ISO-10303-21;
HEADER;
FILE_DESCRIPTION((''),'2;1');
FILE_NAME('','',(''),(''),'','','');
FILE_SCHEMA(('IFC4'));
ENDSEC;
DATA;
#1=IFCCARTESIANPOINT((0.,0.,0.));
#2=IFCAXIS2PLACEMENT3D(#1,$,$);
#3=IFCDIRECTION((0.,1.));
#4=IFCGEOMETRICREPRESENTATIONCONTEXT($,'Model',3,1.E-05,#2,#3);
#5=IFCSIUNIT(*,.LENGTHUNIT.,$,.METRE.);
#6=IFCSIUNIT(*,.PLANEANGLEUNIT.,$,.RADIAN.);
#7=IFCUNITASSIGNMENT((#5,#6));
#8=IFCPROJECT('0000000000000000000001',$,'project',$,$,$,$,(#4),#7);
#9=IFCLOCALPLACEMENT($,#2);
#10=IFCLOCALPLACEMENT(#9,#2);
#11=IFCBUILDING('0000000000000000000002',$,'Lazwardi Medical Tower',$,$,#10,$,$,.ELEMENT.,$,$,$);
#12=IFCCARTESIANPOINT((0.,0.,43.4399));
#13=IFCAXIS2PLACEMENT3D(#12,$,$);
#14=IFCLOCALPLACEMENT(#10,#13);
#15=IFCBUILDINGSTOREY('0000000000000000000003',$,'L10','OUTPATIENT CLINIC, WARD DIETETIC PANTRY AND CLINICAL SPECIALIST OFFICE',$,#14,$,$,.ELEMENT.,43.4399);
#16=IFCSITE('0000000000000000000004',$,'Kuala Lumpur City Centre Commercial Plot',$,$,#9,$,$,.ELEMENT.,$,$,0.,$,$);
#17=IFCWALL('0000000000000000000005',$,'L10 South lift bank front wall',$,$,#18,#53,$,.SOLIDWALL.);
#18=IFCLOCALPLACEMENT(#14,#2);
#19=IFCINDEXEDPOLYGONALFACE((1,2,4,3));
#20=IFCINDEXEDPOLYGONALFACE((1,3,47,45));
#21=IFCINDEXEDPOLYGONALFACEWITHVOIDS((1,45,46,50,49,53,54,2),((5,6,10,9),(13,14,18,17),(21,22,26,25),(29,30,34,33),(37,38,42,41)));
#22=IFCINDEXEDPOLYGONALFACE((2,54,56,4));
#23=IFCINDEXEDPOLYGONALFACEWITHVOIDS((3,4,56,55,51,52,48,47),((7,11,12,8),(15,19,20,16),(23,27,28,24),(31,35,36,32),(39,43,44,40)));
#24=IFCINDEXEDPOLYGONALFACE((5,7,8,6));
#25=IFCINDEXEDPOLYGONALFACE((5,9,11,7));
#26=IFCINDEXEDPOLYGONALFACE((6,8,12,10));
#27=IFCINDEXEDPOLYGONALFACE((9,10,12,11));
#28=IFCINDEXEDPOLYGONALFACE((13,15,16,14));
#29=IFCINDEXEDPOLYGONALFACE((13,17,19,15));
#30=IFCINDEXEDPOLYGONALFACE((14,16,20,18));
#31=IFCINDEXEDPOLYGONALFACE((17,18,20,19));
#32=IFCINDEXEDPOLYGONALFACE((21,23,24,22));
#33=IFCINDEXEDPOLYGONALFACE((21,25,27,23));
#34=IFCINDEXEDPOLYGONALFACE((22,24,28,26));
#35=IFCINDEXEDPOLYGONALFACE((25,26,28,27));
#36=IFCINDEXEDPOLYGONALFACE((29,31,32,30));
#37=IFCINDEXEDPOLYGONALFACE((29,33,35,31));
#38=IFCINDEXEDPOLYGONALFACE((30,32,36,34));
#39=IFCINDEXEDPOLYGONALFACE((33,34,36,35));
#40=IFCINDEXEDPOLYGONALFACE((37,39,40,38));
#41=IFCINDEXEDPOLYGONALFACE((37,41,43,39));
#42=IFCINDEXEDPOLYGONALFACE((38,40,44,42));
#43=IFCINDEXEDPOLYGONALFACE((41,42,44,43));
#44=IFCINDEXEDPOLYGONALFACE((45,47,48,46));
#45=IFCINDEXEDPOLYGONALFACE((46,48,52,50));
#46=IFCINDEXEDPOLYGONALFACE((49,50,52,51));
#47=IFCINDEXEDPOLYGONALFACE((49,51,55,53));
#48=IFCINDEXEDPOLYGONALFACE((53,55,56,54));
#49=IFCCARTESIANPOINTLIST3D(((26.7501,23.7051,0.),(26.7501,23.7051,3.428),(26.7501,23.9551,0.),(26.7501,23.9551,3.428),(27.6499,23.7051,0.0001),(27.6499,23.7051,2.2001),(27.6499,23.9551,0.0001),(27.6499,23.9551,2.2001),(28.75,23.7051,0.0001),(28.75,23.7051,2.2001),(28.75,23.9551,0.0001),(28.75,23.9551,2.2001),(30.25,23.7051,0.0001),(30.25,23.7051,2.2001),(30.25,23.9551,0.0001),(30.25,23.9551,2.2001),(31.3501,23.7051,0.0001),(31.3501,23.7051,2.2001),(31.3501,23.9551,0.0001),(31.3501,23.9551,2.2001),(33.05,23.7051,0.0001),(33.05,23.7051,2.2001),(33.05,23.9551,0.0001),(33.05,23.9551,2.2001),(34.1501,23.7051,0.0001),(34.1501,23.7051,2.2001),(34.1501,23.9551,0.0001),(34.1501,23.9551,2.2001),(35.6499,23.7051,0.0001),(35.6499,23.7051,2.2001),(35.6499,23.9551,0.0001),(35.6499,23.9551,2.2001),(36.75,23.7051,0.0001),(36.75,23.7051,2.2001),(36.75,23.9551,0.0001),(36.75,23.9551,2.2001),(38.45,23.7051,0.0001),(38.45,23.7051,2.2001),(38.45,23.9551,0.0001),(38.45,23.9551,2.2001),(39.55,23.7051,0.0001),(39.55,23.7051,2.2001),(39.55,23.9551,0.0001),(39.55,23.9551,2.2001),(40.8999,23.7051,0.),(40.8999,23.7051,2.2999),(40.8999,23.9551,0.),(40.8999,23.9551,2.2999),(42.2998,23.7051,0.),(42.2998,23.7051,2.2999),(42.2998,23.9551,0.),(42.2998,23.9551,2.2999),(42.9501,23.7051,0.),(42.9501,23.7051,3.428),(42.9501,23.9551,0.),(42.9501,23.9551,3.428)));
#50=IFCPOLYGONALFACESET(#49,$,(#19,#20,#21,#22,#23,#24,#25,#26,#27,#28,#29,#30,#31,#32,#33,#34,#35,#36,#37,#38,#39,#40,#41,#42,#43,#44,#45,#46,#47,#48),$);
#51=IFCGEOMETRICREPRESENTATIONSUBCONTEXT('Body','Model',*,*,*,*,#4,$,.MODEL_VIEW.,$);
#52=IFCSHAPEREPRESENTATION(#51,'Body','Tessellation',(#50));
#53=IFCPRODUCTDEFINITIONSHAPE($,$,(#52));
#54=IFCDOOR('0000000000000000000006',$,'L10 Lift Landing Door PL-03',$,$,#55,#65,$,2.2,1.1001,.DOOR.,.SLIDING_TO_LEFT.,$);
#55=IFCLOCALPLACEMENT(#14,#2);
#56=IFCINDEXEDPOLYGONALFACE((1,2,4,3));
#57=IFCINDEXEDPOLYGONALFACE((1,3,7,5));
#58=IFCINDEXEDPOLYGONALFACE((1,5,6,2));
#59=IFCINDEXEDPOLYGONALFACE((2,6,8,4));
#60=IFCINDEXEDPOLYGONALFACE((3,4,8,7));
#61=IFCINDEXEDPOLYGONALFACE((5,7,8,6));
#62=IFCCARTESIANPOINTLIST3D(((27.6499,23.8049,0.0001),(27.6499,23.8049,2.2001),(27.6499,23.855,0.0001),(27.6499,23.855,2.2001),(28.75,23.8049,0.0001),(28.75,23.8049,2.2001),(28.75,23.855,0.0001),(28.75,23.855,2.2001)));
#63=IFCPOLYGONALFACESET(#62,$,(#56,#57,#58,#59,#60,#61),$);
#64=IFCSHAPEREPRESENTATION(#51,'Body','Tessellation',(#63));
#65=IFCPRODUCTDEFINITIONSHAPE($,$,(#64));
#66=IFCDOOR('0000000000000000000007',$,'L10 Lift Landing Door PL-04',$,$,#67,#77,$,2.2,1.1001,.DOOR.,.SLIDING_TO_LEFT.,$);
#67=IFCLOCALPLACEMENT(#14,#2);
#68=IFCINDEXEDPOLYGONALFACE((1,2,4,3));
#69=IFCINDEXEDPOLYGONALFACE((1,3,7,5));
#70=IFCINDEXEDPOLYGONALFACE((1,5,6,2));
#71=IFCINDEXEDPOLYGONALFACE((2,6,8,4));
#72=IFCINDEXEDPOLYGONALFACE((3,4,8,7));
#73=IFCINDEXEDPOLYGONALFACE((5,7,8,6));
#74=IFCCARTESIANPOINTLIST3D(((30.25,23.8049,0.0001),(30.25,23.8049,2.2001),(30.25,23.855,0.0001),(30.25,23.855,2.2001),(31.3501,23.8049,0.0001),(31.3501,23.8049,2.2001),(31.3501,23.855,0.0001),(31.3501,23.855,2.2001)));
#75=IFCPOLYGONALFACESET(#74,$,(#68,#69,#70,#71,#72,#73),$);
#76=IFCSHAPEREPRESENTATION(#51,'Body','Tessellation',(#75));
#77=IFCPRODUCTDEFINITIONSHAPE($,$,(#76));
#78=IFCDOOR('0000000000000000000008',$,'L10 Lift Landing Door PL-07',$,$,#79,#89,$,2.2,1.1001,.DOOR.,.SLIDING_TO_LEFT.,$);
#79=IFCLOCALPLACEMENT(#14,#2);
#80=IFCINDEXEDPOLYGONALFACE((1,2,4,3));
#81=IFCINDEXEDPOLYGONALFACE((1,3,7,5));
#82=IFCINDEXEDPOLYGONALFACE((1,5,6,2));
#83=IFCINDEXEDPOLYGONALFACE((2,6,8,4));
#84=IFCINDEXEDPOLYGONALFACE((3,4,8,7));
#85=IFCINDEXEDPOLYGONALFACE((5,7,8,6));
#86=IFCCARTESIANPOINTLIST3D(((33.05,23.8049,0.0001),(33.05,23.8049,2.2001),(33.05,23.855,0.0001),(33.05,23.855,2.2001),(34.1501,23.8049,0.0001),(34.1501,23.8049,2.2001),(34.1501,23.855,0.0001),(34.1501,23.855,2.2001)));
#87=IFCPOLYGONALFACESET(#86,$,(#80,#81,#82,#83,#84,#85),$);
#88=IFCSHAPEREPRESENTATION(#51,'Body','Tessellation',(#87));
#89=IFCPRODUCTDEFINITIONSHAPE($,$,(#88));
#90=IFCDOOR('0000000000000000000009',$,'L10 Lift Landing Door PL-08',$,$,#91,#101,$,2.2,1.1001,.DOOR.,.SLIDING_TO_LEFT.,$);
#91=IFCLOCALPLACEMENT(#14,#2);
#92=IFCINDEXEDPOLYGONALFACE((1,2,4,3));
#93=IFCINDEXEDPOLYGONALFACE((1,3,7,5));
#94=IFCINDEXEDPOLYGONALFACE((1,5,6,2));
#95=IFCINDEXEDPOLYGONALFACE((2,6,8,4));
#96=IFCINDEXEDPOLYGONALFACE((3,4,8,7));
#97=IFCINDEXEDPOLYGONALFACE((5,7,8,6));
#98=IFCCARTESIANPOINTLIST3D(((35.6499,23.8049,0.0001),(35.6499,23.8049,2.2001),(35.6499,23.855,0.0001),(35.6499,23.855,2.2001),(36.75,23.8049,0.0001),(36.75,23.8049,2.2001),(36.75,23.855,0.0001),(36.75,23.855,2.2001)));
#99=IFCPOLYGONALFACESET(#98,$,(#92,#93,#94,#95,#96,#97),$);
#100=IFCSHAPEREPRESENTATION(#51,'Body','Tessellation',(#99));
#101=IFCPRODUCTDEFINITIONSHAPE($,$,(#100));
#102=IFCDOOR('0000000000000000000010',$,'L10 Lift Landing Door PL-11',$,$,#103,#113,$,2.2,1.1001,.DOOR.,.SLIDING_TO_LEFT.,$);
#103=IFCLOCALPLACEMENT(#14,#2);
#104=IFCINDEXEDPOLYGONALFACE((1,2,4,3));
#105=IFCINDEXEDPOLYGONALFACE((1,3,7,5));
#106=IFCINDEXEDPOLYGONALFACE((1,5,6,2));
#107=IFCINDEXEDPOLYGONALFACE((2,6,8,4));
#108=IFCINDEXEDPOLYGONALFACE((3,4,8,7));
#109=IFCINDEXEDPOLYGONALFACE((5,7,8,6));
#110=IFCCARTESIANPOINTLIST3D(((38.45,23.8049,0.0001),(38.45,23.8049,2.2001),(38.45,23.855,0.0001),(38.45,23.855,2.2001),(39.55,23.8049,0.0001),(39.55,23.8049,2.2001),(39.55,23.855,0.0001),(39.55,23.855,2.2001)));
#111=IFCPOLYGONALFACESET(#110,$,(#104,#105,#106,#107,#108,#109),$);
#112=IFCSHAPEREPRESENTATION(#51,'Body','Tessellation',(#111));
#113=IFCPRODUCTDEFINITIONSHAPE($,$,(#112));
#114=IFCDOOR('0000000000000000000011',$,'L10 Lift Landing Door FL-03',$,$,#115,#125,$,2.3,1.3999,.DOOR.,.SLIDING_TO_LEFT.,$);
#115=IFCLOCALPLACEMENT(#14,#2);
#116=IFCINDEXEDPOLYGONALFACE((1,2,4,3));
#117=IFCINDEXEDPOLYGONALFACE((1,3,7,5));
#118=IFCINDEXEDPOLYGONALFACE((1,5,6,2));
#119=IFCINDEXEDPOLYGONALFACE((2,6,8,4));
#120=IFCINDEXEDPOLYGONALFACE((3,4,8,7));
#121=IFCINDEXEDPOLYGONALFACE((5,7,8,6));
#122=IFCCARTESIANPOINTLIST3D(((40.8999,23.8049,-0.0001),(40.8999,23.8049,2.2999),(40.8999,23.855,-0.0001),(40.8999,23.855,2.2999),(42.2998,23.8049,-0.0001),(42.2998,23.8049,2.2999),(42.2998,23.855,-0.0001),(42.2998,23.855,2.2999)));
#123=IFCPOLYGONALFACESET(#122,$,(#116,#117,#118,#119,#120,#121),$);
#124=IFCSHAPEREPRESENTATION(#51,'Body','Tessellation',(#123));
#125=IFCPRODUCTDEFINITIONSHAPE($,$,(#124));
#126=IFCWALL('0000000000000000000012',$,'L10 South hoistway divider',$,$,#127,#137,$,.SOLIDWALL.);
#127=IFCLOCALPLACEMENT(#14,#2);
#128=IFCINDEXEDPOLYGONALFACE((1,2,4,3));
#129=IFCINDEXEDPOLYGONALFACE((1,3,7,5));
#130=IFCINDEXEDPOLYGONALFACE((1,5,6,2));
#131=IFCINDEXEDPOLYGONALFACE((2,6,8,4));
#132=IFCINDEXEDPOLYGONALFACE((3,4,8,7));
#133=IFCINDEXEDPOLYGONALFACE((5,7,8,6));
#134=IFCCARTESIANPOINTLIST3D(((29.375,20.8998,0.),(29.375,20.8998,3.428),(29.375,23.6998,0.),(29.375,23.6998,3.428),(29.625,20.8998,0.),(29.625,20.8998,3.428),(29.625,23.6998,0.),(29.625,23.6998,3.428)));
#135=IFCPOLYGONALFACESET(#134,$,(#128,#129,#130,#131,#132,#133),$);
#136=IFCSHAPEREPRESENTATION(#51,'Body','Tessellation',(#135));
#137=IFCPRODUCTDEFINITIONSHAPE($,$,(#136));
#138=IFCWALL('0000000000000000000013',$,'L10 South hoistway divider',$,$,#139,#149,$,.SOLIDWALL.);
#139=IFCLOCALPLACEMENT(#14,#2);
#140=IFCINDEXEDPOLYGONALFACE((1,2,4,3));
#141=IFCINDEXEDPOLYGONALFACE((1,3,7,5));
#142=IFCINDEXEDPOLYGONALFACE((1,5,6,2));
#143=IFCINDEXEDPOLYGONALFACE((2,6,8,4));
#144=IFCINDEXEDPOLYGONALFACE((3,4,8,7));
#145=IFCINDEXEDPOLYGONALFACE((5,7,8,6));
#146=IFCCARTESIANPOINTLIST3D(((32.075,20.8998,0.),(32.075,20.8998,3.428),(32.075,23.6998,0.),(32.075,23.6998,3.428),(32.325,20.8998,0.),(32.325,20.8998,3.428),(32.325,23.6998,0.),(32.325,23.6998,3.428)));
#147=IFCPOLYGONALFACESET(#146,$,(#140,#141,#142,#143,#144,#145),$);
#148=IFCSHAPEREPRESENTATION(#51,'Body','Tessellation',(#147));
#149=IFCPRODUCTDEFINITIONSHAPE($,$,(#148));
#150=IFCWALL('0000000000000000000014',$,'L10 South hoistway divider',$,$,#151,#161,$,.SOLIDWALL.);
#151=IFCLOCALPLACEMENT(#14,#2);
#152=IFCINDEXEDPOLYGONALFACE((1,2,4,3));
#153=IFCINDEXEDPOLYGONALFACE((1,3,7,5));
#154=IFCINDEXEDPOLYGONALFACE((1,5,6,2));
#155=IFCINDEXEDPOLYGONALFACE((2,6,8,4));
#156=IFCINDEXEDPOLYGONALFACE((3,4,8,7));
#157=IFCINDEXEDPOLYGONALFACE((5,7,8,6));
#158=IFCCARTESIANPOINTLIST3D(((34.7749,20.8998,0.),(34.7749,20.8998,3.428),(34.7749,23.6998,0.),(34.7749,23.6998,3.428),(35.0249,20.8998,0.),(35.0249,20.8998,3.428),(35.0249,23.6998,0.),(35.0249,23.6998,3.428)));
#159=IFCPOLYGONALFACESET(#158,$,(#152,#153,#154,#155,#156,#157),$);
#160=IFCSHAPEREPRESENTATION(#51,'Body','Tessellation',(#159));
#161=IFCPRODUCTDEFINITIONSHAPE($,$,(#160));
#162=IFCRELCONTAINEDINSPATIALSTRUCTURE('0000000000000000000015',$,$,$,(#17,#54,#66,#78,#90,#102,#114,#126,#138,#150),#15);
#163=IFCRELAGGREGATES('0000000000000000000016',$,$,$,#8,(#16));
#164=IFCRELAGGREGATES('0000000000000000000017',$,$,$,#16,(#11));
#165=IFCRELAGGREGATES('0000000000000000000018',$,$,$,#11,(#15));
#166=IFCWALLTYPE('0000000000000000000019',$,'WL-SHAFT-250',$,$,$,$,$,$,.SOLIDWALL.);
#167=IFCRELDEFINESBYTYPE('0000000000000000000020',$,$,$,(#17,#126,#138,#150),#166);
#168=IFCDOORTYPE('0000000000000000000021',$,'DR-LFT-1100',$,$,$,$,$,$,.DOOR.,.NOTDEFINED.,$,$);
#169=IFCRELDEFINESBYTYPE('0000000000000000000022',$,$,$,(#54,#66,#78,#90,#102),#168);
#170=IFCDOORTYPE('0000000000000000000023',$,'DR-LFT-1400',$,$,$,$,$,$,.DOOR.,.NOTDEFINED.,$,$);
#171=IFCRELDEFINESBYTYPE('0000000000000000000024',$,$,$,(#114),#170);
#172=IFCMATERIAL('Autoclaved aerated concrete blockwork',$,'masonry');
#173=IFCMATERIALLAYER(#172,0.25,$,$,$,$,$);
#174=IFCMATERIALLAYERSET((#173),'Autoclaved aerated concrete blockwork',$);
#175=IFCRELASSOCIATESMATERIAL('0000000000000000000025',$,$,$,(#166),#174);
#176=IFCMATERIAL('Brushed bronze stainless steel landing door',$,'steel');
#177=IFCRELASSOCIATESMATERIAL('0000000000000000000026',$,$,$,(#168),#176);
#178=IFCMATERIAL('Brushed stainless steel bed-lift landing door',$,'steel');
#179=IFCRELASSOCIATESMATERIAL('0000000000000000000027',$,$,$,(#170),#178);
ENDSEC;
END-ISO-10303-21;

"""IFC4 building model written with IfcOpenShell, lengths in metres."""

from ifc_helpers import new_model, si_unit, direction, frame, frame_2d, origin, place, context, subcontext, project, spatial, rectangle, extrude, material, layer, layer_set, type_object, element, fill, save


model = new_model("IFC4")

# Units and contexts
model_context = context("Model", 3, precision=1e-05, world=origin(), true_north=direction((0.0, 1.0)))
body_context = subcontext(model_context, "Body", "Model", "MODEL_VIEW")
ifc_project = project(units=[si_unit("LENGTHUNIT", "METRE"), si_unit("PLANEANGLEUNIT", "RADIAN")], contexts=[model_context])

# Site, building, storey
site_placement = place(None, origin())
site = spatial("IfcSite", under=ifc_project, at=site_placement, Name="Kuala Lumpur City Centre Commercial Plot", CompositionType="ELEMENT", RefElevation=0.0)
building_placement = place(site_placement, origin())
building = spatial("IfcBuilding", under=site, at=building_placement, Name="Lazwardi Medical Tower", CompositionType="ELEMENT")
storey_placement = place(building_placement, frame((0.0, 0.0, 43.4399)))
storey = spatial("IfcBuildingStorey", under=building, at=storey_placement, Name="L10", Description="OUTPATIENT CLINIC, WARD DIETETIC PANTRY AND CLINICAL SPECIALIST OFFICE", CompositionType="ELEMENT", Elevation=43.4399)

# Wall, openings, doors
ifc_material_1 = material(Name="Autoclaved aerated concrete blockwork", Category="masonry")
ifc_layer_1 = layer(ifc_material_1, 0.25)
ifc_layer_set_1 = layer_set([ifc_layer_1], Name="Autoclaved aerated concrete blockwork")
wall_type_1 = type_object("IfcWallType", Name="WL-SHAFT-250", PredefinedType="SOLIDWALL", material=ifc_layer_set_1)
wall_1_placement = place(storey_placement, frame((26.75, 23.8301, 0.0), z_axis=(0.0, 0.0, 1.0), x_axis=(1.0, 0.0, 0.0)))
wall_1 = element("IfcWall", 1, at=wall_1_placement, inside=storey, type_object=wall_type_1, Name="L10 South lift bank front wall", PredefinedType="SOLIDWALL", context=body_context, shape_type="SweptSolid", body=[
    extrude(rectangle(XDim=16.2, YDim=0.25, at=frame_2d((8.1001, 0.0))), origin(), (0.0, 0.0, 1.0), 3.428),
])
opening_1_placement = place(wall_1_placement, frame((0.8999, 0.0, 0.0)))
opening_1 = element("IfcOpeningElement", 2, at=opening_1_placement, cuts=wall_1, PredefinedType="OPENING", context=body_context, shape_type="SweptSolid", body=[
    extrude(rectangle(XDim=1.1001, YDim=2.2, at=frame_2d((0.55, 1.1001))), frame((0.0, 0.135, 0.0), z_axis=(0.0, -1.0, 0.0), x_axis=(1.0, 0.0, 0.0)), (0.0, 0.0, 1.0), 0.27),
])
opening_2_placement = place(wall_1_placement, frame((3.5, 0.0, 0.0)))
opening_2 = element("IfcOpeningElement", 3, at=opening_2_placement, cuts=wall_1, PredefinedType="OPENING", context=body_context, shape_type="SweptSolid", body=[
    extrude(rectangle(XDim=1.1001, YDim=2.2, at=frame_2d((0.55, 1.1001))), frame((0.0, 0.135, 0.0), z_axis=(0.0, -1.0, 0.0), x_axis=(1.0, 0.0, 0.0)), (0.0, 0.0, 1.0), 0.27),
])
opening_3_placement = place(wall_1_placement, frame((6.3, 0.0, 0.0)))
opening_3 = element("IfcOpeningElement", 4, at=opening_3_placement, cuts=wall_1, PredefinedType="OPENING", context=body_context, shape_type="SweptSolid", body=[
    extrude(rectangle(XDim=1.1001, YDim=2.2, at=frame_2d((0.55, 1.1001))), frame((0.0, 0.135, 0.0), z_axis=(0.0, -1.0, 0.0), x_axis=(1.0, 0.0, 0.0)), (0.0, 0.0, 1.0), 0.27),
])
opening_4_placement = place(wall_1_placement, frame((8.8999, 0.0, 0.0)))
opening_4 = element("IfcOpeningElement", 5, at=opening_4_placement, cuts=wall_1, PredefinedType="OPENING", context=body_context, shape_type="SweptSolid", body=[
    extrude(rectangle(XDim=1.1001, YDim=2.2, at=frame_2d((0.55, 1.1001))), frame((0.0, 0.135, 0.0), z_axis=(0.0, -1.0, 0.0), x_axis=(1.0, 0.0, 0.0)), (0.0, 0.0, 1.0), 0.27),
])
opening_5_placement = place(wall_1_placement, frame((11.7, 0.0, 0.0)))
opening_5 = element("IfcOpeningElement", 6, at=opening_5_placement, cuts=wall_1, PredefinedType="OPENING", context=body_context, shape_type="SweptSolid", body=[
    extrude(rectangle(XDim=1.1001, YDim=2.2, at=frame_2d((0.55, 1.1001))), frame((0.0, 0.135, 0.0), z_axis=(0.0, -1.0, 0.0), x_axis=(1.0, 0.0, 0.0)), (0.0, 0.0, 1.0), 0.27),
])
opening_6_placement = place(wall_1_placement, frame((14.1499, 0.0, 0.0)))
opening_6 = element("IfcOpeningElement", 7, at=opening_6_placement, cuts=wall_1, PredefinedType="OPENING", context=body_context, shape_type="SweptSolid", body=[
    extrude(rectangle(XDim=1.3999, YDim=2.3, at=frame_2d((0.7, 1.1499))), frame((0.0, 0.135, 0.0), z_axis=(0.0, -1.0, 0.0), x_axis=(1.0, 0.0, 0.0)), (0.0, 0.0, 1.0), 0.27),
])
ifc_material_2 = material(Name="Brushed bronze stainless steel landing door", Category="steel")
door_type_1 = type_object("IfcDoorType", Name="DR-LFT-1100", OperationType="NOTDEFINED", PredefinedType="DOOR", material=ifc_material_2)
door_1_placement = place(opening_1_placement, origin())
door_1 = element("IfcDoor", 8, at=door_1_placement, inside=storey, type_object=door_type_1, Name="L10 Lift Landing Door PL-03", OperationType="SLIDING_TO_LEFT", OverallHeight=2.2, OverallWidth=1.1001, PredefinedType="DOOR", context=body_context, shape_type="SweptSolid", body=[
    extrude(rectangle(XDim=1.1001, YDim=2.2, at=frame_2d((0.55, 1.1001))), frame((0.0, 0.0249, 0.0), z_axis=(0.0, -1.0, 0.0), x_axis=(1.0, 0.0, 0.0)), (0.0, 0.0, 1.0), 0.05),
])
fill(opening_1, door_1)
door_2_placement = place(opening_2_placement, origin())
door_2 = element("IfcDoor", 9, at=door_2_placement, inside=storey, type_object=door_type_1, Name="L10 Lift Landing Door PL-04", OperationType="SLIDING_TO_LEFT", OverallHeight=2.2, OverallWidth=1.1001, PredefinedType="DOOR", context=body_context, shape_type="SweptSolid", body=[
    extrude(rectangle(XDim=1.1001, YDim=2.2, at=frame_2d((0.55, 1.1001))), frame((0.0, 0.0249, 0.0), z_axis=(0.0, -1.0, 0.0), x_axis=(1.0, 0.0, 0.0)), (0.0, 0.0, 1.0), 0.05),
])
fill(opening_2, door_2)
door_3_placement = place(opening_3_placement, origin())
door_3 = element("IfcDoor", 10, at=door_3_placement, inside=storey, type_object=door_type_1, Name="L10 Lift Landing Door PL-07", OperationType="SLIDING_TO_LEFT", OverallHeight=2.2, OverallWidth=1.1001, PredefinedType="DOOR", context=body_context, shape_type="SweptSolid", body=[
    extrude(rectangle(XDim=1.1001, YDim=2.2, at=frame_2d((0.55, 1.1001))), frame((0.0, 0.0249, 0.0), z_axis=(0.0, -1.0, 0.0), x_axis=(1.0, 0.0, 0.0)), (0.0, 0.0, 1.0), 0.05),
])
fill(opening_3, door_3)
door_4_placement = place(opening_4_placement, origin())
door_4 = element("IfcDoor", 11, at=door_4_placement, inside=storey, type_object=door_type_1, Name="L10 Lift Landing Door PL-08", OperationType="SLIDING_TO_LEFT", OverallHeight=2.2, OverallWidth=1.1001, PredefinedType="DOOR", context=body_context, shape_type="SweptSolid", body=[
    extrude(rectangle(XDim=1.1001, YDim=2.2, at=frame_2d((0.55, 1.1001))), frame((0.0, 0.0249, 0.0), z_axis=(0.0, -1.0, 0.0), x_axis=(1.0, 0.0, 0.0)), (0.0, 0.0, 1.0), 0.05),
])
fill(opening_4, door_4)
door_5_placement = place(opening_5_placement, origin())
door_5 = element("IfcDoor", 12, at=door_5_placement, inside=storey, type_object=door_type_1, Name="L10 Lift Landing Door PL-11", OperationType="SLIDING_TO_LEFT", OverallHeight=2.2, OverallWidth=1.1001, PredefinedType="DOOR", context=body_context, shape_type="SweptSolid", body=[
    extrude(rectangle(XDim=1.1001, YDim=2.2, at=frame_2d((0.55, 1.1001))), frame((0.0, 0.0249, 0.0), z_axis=(0.0, -1.0, 0.0), x_axis=(1.0, 0.0, 0.0)), (0.0, 0.0, 1.0), 0.05),
])
fill(opening_5, door_5)
ifc_material_3 = material(Name="Brushed stainless steel bed-lift landing door", Category="steel")
door_type_2 = type_object("IfcDoorType", Name="DR-LFT-1400", OperationType="NOTDEFINED", PredefinedType="DOOR", material=ifc_material_3)
door_6_placement = place(opening_6_placement, origin())
door_6 = element("IfcDoor", 13, at=door_6_placement, inside=storey, type_object=door_type_2, Name="L10 Lift Landing Door FL-03", OperationType="SLIDING_TO_LEFT", OverallHeight=2.3, OverallWidth=1.3999, PredefinedType="DOOR", context=body_context, shape_type="SweptSolid", body=[
    extrude(rectangle(XDim=1.3999, YDim=2.3, at=frame_2d((0.7, 1.1499))), frame((0.0, 0.0249, 0.0), z_axis=(0.0, -1.0, 0.0), x_axis=(1.0, 0.0, 0.0)), (0.0, 0.0, 1.0), 0.05),
])
fill(opening_6, door_6)

# Walls
for number, where, z_axis, x_axis, name in (
    (14, (29.5, 20.8999, 0.0), (0.0, 0.0, 1.0), (0.0, 1.0, 0.0), "L10 South hoistway divider"),
    (15, (32.2, 20.8999, 0.0), (0.0, 0.0, 1.0), (0.0, 1.0, 0.0), "L10 South hoistway divider"),
    (16, (34.8999, 20.8999, 0.0), (0.0, 0.0, 1.0), (0.0, 1.0, 0.0), "L10 South hoistway divider"),
):
    element("IfcWall", number, at=place(storey_placement, frame(where, z_axis=z_axis, x_axis=x_axis)), inside=storey, type_object=wall_type_1, Name=name, PredefinedType="SOLIDWALL", context=body_context, shape_type="SweptSolid", body=[
        extrude(rectangle(XDim=2.8, YDim=0.25, at=frame_2d((1.3999, 0.0))), origin(), (0.0, 0.0, 1.0), 3.428),
    ])

save(model, "model.ifc")
